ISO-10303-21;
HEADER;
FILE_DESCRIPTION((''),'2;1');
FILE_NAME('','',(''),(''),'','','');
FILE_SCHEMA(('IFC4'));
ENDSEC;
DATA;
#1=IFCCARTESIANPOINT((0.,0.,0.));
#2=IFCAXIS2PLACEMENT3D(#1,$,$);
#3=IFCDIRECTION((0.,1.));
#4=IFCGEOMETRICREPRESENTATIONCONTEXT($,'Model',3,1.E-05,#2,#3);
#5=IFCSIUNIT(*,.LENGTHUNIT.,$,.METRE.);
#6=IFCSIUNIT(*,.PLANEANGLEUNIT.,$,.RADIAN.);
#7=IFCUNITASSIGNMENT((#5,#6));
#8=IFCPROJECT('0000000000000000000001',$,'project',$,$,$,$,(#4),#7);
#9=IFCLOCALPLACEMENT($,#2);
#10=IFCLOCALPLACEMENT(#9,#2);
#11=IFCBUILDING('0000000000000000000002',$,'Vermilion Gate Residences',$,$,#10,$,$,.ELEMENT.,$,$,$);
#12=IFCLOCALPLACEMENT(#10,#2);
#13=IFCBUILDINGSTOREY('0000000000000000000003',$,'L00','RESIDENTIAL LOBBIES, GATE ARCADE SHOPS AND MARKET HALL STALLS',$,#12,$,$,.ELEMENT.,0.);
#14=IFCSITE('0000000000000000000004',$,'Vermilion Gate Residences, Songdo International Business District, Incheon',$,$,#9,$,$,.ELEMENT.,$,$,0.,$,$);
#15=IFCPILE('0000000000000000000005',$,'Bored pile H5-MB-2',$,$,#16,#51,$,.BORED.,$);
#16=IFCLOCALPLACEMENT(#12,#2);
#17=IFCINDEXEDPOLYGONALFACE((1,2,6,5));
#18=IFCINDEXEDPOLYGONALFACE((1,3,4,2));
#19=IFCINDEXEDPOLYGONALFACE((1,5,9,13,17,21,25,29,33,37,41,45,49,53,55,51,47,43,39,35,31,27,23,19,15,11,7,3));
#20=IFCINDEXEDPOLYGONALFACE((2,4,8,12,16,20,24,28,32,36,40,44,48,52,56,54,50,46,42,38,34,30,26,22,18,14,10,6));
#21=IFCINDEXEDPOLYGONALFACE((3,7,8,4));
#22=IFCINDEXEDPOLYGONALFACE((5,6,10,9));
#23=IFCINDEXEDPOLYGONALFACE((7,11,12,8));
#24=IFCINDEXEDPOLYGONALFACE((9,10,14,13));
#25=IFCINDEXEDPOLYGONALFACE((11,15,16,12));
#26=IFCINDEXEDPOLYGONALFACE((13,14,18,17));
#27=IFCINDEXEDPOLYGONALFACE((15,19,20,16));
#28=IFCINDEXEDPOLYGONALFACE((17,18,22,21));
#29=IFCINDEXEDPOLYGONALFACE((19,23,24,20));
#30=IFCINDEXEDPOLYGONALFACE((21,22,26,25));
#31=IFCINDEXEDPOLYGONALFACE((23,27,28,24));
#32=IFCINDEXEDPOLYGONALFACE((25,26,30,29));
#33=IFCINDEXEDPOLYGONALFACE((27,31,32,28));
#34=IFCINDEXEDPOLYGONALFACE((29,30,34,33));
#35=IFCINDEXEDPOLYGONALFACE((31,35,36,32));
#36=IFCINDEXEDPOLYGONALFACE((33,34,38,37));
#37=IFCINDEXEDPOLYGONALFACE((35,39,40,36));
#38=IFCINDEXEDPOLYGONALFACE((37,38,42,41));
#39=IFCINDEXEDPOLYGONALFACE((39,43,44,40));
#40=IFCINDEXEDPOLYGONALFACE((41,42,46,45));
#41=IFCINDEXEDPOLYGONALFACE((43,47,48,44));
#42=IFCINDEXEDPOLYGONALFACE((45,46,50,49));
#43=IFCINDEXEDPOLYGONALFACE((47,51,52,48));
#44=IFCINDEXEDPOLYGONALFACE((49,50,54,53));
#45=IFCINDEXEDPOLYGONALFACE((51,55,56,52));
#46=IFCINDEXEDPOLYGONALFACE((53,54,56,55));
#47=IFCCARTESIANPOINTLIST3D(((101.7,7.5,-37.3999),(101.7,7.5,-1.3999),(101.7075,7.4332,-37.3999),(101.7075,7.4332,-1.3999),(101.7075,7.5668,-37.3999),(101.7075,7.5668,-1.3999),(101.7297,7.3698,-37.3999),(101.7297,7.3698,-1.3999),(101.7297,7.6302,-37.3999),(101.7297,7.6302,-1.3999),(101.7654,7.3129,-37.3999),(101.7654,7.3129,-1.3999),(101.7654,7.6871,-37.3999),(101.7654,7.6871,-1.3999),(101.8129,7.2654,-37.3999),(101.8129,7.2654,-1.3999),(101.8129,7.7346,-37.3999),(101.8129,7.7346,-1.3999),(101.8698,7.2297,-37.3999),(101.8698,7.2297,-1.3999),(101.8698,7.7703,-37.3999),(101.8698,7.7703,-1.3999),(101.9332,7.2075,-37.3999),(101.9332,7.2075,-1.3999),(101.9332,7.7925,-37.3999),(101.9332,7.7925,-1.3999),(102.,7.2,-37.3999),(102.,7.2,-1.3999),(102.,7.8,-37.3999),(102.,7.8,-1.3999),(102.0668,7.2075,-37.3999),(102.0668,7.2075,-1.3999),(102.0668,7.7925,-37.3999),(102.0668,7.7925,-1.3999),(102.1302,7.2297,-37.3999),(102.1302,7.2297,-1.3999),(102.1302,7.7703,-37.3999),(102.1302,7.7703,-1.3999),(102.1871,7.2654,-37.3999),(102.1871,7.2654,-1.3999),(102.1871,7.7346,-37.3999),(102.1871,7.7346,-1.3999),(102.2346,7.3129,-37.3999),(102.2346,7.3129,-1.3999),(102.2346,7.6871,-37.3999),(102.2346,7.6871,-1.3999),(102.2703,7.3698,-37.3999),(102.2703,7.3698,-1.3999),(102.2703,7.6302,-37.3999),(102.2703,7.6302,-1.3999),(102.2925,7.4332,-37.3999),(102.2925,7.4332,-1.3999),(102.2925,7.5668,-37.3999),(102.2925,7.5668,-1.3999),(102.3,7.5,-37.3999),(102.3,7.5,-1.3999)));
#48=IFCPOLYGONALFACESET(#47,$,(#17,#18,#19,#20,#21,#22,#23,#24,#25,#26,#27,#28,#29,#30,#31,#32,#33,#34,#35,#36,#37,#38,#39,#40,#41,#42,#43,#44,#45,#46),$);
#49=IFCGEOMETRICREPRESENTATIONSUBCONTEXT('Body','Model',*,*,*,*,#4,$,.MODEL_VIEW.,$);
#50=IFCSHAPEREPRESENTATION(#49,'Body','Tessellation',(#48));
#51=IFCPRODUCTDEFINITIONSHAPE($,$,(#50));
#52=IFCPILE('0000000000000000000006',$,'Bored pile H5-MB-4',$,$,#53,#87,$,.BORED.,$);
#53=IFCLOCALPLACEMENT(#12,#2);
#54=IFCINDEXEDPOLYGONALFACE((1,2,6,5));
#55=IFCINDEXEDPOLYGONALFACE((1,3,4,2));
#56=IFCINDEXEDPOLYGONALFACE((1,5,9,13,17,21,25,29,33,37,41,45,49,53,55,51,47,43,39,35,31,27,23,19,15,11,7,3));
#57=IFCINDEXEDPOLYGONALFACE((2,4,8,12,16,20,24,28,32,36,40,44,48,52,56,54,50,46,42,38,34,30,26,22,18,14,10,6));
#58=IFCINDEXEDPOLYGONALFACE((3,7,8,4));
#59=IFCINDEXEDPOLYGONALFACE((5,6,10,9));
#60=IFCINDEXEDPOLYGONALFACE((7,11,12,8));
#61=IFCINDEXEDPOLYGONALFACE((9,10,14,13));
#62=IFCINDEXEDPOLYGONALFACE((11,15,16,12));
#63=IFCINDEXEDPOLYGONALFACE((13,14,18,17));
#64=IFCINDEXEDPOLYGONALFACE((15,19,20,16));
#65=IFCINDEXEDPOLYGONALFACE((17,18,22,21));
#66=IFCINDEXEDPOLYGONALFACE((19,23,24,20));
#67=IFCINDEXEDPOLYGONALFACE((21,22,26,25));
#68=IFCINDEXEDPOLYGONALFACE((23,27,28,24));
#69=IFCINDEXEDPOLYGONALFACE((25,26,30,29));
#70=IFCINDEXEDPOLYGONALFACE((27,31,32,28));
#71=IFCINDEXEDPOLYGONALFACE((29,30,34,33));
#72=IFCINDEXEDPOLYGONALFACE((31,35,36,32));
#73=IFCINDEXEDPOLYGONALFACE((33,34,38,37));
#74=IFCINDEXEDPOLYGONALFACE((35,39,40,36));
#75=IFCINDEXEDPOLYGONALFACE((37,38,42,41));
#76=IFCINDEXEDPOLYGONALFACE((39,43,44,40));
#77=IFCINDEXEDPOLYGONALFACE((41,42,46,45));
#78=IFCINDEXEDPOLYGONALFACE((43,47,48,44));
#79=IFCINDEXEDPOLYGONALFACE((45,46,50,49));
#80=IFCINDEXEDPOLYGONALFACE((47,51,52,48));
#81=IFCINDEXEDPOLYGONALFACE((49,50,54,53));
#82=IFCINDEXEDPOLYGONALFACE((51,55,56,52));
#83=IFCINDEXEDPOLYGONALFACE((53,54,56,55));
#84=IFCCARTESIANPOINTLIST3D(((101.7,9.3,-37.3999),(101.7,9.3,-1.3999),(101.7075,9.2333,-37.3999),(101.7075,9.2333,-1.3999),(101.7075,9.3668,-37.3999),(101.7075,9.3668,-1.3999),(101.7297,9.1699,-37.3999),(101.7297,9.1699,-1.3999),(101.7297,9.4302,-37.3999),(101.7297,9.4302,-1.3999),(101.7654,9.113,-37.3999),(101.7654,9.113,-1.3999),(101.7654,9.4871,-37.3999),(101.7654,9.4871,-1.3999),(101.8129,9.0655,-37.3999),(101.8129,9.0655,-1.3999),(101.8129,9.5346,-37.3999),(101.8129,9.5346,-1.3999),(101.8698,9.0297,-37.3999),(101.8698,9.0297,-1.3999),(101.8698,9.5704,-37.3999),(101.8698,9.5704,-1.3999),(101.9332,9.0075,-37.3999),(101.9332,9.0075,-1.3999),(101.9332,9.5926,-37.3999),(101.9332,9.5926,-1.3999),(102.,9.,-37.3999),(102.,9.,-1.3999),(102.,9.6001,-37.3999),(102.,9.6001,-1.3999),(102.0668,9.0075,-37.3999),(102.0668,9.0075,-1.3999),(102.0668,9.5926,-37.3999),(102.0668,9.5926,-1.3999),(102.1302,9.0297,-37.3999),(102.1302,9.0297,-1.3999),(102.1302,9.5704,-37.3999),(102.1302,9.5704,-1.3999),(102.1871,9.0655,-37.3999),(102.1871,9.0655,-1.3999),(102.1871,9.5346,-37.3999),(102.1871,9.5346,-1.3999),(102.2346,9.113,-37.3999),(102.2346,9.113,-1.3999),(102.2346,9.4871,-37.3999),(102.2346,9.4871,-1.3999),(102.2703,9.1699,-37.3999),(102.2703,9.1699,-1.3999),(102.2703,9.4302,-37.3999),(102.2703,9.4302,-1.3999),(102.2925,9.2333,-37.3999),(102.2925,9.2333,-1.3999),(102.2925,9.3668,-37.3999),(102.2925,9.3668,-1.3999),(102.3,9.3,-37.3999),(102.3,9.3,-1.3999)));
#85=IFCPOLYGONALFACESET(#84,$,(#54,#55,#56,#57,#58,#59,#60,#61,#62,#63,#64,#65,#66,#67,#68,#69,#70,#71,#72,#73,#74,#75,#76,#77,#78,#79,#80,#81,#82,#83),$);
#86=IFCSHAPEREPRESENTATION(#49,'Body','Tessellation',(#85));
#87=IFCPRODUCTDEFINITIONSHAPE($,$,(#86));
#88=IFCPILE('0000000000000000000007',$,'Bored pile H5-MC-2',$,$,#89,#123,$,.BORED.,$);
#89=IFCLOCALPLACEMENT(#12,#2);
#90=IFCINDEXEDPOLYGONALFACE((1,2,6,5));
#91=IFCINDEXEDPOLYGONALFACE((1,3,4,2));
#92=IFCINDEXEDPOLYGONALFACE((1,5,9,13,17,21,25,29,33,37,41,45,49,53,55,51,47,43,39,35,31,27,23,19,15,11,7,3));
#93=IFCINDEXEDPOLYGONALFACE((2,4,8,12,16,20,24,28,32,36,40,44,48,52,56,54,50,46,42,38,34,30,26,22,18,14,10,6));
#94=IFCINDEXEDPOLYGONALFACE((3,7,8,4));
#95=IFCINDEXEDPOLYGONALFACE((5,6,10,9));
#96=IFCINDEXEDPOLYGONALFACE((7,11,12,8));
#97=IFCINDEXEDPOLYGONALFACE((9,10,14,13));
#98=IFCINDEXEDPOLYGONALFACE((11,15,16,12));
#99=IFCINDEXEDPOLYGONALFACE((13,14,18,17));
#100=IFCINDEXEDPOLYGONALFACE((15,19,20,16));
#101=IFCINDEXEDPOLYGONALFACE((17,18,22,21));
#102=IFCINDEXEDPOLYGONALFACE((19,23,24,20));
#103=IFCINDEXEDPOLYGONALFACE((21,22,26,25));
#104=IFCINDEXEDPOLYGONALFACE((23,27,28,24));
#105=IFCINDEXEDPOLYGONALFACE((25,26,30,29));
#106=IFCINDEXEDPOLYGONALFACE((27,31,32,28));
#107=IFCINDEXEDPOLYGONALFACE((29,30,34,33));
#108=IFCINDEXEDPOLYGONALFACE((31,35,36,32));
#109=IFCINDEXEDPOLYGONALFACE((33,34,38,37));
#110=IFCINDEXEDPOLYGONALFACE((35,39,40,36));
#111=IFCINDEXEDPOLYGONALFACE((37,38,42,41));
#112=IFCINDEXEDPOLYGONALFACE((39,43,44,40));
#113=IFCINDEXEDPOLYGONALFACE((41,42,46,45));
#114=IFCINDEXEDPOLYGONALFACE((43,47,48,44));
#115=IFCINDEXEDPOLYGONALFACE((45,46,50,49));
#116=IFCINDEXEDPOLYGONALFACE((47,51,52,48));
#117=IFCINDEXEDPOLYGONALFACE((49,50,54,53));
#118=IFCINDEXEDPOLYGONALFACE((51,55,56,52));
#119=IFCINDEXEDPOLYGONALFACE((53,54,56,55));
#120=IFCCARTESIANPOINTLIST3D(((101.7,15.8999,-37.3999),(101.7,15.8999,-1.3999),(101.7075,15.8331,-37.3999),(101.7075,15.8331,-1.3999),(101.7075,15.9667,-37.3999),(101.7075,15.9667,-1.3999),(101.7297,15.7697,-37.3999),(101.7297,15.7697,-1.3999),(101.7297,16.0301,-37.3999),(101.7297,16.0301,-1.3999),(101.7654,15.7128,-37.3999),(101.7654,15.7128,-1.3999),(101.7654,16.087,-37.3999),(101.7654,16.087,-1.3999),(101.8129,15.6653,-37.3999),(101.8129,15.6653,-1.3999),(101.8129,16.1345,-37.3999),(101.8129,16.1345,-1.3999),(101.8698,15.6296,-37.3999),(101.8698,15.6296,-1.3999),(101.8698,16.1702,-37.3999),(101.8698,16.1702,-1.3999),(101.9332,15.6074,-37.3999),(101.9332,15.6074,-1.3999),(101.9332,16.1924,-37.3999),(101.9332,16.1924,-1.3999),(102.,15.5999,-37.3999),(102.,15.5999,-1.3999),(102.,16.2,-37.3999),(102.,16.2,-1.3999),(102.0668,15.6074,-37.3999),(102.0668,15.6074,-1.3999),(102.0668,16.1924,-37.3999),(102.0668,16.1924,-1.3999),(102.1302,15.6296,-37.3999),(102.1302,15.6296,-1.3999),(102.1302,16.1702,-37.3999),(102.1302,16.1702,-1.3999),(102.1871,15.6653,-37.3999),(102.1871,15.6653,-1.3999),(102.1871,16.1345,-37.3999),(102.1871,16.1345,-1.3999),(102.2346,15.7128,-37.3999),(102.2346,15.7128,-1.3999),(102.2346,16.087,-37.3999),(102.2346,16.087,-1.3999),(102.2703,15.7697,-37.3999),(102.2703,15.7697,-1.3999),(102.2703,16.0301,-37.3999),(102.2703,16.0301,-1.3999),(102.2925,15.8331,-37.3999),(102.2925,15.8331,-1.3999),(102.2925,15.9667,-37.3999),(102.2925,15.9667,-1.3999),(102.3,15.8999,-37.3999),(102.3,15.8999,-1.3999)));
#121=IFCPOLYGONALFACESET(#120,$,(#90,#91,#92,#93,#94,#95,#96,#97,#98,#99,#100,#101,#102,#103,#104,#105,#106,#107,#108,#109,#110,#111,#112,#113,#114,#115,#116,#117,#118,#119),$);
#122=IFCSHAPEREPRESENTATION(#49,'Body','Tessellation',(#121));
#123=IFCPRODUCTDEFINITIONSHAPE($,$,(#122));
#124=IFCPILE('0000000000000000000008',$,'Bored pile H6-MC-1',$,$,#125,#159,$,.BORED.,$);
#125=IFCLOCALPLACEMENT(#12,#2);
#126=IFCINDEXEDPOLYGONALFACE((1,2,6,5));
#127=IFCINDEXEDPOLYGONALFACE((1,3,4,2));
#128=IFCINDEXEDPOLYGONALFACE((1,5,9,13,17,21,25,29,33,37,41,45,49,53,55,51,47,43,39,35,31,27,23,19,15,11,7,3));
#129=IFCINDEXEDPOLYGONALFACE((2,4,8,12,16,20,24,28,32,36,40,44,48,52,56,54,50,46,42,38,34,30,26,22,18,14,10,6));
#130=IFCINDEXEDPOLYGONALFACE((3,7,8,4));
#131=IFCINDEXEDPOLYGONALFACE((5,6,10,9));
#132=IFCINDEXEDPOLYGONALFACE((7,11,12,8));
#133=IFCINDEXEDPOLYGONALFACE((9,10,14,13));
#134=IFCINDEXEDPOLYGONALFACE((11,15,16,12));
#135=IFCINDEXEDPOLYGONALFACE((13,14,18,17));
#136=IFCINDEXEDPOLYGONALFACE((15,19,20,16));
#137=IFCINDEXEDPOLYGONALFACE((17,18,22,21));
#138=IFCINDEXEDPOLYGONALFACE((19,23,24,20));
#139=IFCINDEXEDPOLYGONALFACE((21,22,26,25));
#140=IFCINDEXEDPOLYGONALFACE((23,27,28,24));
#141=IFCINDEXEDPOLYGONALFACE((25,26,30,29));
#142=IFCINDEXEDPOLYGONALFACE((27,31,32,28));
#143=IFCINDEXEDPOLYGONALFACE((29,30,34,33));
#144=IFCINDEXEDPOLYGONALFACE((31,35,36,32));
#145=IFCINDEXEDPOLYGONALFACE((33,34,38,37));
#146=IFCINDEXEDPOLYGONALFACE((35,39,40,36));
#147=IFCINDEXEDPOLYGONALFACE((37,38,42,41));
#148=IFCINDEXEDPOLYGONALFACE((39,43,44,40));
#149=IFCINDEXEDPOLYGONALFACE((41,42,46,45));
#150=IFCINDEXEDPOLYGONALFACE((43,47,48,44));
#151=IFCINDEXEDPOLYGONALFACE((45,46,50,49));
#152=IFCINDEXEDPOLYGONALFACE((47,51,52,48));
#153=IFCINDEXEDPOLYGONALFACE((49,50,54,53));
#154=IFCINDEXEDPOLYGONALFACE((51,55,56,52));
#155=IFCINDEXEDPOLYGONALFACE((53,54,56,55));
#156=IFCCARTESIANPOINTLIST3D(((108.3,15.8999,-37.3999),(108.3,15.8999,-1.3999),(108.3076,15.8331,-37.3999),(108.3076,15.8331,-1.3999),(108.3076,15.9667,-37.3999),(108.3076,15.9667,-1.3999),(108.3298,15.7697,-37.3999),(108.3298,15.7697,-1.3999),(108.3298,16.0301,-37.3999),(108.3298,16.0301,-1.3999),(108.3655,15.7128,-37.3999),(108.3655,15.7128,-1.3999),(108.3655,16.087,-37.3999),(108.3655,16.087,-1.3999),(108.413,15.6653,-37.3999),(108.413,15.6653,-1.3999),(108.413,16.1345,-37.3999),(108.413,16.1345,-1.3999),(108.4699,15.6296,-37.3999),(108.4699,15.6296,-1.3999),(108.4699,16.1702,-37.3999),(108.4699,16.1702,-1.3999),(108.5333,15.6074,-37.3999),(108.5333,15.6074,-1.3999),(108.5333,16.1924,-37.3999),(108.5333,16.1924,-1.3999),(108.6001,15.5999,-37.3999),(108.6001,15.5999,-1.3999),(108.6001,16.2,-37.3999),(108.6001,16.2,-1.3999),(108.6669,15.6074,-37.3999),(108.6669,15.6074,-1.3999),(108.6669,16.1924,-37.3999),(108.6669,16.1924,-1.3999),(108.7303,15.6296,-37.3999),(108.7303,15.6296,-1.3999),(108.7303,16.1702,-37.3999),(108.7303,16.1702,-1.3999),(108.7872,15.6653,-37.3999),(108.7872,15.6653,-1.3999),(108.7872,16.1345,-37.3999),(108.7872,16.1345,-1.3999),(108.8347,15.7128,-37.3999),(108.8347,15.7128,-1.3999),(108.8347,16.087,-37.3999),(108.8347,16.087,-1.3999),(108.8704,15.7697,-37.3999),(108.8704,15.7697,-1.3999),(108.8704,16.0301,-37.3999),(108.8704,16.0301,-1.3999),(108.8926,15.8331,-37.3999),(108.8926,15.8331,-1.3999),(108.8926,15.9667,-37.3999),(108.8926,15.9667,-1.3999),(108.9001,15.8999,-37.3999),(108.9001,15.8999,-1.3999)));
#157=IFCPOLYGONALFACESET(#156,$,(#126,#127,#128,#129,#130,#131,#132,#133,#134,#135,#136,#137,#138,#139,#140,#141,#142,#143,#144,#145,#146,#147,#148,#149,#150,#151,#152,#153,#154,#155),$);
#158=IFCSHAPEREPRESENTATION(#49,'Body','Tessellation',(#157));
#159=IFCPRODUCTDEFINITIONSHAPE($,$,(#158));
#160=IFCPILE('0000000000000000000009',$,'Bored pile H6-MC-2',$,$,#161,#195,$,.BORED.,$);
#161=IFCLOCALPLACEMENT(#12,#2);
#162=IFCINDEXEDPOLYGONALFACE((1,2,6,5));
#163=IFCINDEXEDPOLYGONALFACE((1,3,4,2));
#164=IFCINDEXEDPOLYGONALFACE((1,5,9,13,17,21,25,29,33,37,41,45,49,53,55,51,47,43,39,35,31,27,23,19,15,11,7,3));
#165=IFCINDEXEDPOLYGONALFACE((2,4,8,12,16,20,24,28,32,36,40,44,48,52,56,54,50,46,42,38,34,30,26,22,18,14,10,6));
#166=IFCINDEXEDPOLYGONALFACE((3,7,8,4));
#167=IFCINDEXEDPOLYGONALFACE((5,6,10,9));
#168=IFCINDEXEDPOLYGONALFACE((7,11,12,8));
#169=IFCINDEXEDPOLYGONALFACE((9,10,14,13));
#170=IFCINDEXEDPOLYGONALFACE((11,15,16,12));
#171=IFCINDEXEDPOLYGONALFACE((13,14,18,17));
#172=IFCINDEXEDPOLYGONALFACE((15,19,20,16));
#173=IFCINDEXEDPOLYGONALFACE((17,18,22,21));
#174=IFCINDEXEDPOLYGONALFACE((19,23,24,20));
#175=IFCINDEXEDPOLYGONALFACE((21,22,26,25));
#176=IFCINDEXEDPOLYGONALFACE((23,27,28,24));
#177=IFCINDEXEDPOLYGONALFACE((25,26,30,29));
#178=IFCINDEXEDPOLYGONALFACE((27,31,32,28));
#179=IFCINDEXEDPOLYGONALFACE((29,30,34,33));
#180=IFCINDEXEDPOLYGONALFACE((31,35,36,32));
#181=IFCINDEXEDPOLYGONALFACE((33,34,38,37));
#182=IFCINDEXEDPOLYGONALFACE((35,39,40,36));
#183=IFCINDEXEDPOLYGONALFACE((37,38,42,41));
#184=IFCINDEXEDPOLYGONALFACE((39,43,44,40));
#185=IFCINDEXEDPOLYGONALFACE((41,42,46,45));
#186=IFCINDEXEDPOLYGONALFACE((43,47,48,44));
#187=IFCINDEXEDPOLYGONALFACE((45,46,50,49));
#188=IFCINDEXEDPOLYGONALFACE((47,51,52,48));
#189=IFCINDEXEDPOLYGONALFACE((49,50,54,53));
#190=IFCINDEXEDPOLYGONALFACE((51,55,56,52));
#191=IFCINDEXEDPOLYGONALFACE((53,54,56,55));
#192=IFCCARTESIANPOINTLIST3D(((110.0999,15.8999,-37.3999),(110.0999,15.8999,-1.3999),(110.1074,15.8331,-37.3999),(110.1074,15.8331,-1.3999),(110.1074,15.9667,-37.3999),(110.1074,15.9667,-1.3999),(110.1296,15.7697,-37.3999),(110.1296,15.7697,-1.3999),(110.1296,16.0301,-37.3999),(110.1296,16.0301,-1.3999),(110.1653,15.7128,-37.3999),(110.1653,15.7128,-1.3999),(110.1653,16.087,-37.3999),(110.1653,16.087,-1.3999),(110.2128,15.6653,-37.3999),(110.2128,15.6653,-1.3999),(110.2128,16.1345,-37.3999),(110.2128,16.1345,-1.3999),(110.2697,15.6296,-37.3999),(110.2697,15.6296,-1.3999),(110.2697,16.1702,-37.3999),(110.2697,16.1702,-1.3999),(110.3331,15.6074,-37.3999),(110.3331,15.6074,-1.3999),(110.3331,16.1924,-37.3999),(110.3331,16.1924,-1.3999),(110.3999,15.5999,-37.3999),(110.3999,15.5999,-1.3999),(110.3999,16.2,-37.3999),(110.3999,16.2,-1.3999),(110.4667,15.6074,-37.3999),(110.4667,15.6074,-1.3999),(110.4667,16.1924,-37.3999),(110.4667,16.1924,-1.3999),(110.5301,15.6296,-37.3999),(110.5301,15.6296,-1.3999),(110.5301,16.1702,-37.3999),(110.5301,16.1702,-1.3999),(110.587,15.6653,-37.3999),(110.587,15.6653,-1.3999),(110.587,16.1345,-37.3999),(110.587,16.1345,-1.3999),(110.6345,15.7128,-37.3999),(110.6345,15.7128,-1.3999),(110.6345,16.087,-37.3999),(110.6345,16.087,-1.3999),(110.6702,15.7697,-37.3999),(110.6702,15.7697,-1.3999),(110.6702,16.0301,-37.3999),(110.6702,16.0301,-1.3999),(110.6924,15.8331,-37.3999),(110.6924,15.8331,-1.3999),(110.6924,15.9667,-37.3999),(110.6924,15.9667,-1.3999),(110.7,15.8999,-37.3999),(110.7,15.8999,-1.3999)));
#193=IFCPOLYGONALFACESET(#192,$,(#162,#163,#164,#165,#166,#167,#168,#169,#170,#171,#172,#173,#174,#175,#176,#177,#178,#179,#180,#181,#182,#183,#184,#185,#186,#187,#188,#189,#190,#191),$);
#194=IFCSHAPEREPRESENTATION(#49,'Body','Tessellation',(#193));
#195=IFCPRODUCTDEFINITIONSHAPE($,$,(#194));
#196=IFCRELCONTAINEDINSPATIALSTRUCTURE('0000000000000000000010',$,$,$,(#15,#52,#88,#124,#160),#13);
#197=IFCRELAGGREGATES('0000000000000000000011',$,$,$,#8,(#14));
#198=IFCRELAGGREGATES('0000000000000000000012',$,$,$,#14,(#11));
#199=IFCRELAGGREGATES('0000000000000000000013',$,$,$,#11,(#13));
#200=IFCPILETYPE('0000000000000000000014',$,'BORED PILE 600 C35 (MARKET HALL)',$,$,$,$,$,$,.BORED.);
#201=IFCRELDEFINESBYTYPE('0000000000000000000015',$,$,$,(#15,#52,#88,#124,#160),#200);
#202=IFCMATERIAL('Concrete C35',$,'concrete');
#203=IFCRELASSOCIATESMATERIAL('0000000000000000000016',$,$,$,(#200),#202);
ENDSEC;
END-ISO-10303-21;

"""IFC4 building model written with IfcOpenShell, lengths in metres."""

from ifc_helpers import new_model, si_unit, direction, frame, origin, origin_2d, place, context, subcontext, project, spatial, circle, extrude, material, material_profile, profile_set, type_object, element, save


model = new_model("IFC4")

# Units and contexts
model_context = context("Model", 3, precision=1e-05, world=origin(), true_north=direction((0.0, 1.0)))
body_context = subcontext(model_context, "Body", "Model", "MODEL_VIEW")
ifc_project = project(units=[si_unit("LENGTHUNIT", "METRE"), si_unit("PLANEANGLEUNIT", "RADIAN")], contexts=[model_context])

# Site, building, storey
site_placement = place(None, origin())
site = spatial("IfcSite", under=ifc_project, at=site_placement, Name="Vermilion Gate Residences, Songdo International Business District, Incheon", CompositionType="ELEMENT", RefElevation=0.0)
building_placement = place(site_placement, origin())
building = spatial("IfcBuilding", under=site, at=building_placement, Name="Vermilion Gate Residences", CompositionType="ELEMENT")
storey_placement = place(building_placement, origin())
storey = spatial("IfcBuildingStorey", under=building, at=storey_placement, Name="L00", Description="RESIDENTIAL LOBBIES, GATE ARCADE SHOPS AND MARKET HALL STALLS", CompositionType="ELEMENT", Elevation=0.0)

# Piles
ifc_material_1 = material(Name="Concrete C35", Category="concrete")
ifc_material_profile_1 = material_profile(ifc_material_1, circle(Radius=0.3, at=origin_2d()), Name="BORED PILE 600 C35 (MARKET HALL)")
ifc_profile_set_1 = profile_set([ifc_material_profile_1], Name="Concrete C35")
pile_type = type_object("IfcPileType", Name="BORED PILE 600 C35 (MARKET HALL)", PredefinedType="BORED", material=ifc_profile_set_1)
for number, where, z_axis, x_axis, name in (
    (1, (102.0, 7.5, -1.3999), (0.0, 0.0, -1.0), (1.0, 0.0, 0.0), "Bored pile H5-MB-2"),
    (2, (102.0, 9.3, -1.3999), (0.0, 0.0, -1.0), (1.0, 0.0, 0.0), "Bored pile H5-MB-4"),
    (3, (102.0, 15.8999, -1.3999), (0.0, 0.0, -1.0), (1.0, 0.0, 0.0), "Bored pile H5-MC-2"),
    (4, (108.6001, 15.8999, -1.3999), (0.0, 0.0, -1.0), (1.0, 0.0, 0.0), "Bored pile H6-MC-1"),
    (5, (110.3999, 15.8999, -1.3999), (0.0, 0.0, -1.0), (1.0, 0.0, 0.0), "Bored pile H6-MC-2"),
):
    element("IfcPile", number, at=place(storey_placement, frame(where, z_axis=z_axis, x_axis=x_axis)), inside=storey, type_object=pile_type, Name=name, PredefinedType="BORED", context=body_context, shape_type="SweptSolid", body=[
        extrude(circle(Radius=0.3, at=origin_2d()), origin(), (0.0, 0.0, 1.0), 36.0),
    ])

save(model, "model.ifc")
